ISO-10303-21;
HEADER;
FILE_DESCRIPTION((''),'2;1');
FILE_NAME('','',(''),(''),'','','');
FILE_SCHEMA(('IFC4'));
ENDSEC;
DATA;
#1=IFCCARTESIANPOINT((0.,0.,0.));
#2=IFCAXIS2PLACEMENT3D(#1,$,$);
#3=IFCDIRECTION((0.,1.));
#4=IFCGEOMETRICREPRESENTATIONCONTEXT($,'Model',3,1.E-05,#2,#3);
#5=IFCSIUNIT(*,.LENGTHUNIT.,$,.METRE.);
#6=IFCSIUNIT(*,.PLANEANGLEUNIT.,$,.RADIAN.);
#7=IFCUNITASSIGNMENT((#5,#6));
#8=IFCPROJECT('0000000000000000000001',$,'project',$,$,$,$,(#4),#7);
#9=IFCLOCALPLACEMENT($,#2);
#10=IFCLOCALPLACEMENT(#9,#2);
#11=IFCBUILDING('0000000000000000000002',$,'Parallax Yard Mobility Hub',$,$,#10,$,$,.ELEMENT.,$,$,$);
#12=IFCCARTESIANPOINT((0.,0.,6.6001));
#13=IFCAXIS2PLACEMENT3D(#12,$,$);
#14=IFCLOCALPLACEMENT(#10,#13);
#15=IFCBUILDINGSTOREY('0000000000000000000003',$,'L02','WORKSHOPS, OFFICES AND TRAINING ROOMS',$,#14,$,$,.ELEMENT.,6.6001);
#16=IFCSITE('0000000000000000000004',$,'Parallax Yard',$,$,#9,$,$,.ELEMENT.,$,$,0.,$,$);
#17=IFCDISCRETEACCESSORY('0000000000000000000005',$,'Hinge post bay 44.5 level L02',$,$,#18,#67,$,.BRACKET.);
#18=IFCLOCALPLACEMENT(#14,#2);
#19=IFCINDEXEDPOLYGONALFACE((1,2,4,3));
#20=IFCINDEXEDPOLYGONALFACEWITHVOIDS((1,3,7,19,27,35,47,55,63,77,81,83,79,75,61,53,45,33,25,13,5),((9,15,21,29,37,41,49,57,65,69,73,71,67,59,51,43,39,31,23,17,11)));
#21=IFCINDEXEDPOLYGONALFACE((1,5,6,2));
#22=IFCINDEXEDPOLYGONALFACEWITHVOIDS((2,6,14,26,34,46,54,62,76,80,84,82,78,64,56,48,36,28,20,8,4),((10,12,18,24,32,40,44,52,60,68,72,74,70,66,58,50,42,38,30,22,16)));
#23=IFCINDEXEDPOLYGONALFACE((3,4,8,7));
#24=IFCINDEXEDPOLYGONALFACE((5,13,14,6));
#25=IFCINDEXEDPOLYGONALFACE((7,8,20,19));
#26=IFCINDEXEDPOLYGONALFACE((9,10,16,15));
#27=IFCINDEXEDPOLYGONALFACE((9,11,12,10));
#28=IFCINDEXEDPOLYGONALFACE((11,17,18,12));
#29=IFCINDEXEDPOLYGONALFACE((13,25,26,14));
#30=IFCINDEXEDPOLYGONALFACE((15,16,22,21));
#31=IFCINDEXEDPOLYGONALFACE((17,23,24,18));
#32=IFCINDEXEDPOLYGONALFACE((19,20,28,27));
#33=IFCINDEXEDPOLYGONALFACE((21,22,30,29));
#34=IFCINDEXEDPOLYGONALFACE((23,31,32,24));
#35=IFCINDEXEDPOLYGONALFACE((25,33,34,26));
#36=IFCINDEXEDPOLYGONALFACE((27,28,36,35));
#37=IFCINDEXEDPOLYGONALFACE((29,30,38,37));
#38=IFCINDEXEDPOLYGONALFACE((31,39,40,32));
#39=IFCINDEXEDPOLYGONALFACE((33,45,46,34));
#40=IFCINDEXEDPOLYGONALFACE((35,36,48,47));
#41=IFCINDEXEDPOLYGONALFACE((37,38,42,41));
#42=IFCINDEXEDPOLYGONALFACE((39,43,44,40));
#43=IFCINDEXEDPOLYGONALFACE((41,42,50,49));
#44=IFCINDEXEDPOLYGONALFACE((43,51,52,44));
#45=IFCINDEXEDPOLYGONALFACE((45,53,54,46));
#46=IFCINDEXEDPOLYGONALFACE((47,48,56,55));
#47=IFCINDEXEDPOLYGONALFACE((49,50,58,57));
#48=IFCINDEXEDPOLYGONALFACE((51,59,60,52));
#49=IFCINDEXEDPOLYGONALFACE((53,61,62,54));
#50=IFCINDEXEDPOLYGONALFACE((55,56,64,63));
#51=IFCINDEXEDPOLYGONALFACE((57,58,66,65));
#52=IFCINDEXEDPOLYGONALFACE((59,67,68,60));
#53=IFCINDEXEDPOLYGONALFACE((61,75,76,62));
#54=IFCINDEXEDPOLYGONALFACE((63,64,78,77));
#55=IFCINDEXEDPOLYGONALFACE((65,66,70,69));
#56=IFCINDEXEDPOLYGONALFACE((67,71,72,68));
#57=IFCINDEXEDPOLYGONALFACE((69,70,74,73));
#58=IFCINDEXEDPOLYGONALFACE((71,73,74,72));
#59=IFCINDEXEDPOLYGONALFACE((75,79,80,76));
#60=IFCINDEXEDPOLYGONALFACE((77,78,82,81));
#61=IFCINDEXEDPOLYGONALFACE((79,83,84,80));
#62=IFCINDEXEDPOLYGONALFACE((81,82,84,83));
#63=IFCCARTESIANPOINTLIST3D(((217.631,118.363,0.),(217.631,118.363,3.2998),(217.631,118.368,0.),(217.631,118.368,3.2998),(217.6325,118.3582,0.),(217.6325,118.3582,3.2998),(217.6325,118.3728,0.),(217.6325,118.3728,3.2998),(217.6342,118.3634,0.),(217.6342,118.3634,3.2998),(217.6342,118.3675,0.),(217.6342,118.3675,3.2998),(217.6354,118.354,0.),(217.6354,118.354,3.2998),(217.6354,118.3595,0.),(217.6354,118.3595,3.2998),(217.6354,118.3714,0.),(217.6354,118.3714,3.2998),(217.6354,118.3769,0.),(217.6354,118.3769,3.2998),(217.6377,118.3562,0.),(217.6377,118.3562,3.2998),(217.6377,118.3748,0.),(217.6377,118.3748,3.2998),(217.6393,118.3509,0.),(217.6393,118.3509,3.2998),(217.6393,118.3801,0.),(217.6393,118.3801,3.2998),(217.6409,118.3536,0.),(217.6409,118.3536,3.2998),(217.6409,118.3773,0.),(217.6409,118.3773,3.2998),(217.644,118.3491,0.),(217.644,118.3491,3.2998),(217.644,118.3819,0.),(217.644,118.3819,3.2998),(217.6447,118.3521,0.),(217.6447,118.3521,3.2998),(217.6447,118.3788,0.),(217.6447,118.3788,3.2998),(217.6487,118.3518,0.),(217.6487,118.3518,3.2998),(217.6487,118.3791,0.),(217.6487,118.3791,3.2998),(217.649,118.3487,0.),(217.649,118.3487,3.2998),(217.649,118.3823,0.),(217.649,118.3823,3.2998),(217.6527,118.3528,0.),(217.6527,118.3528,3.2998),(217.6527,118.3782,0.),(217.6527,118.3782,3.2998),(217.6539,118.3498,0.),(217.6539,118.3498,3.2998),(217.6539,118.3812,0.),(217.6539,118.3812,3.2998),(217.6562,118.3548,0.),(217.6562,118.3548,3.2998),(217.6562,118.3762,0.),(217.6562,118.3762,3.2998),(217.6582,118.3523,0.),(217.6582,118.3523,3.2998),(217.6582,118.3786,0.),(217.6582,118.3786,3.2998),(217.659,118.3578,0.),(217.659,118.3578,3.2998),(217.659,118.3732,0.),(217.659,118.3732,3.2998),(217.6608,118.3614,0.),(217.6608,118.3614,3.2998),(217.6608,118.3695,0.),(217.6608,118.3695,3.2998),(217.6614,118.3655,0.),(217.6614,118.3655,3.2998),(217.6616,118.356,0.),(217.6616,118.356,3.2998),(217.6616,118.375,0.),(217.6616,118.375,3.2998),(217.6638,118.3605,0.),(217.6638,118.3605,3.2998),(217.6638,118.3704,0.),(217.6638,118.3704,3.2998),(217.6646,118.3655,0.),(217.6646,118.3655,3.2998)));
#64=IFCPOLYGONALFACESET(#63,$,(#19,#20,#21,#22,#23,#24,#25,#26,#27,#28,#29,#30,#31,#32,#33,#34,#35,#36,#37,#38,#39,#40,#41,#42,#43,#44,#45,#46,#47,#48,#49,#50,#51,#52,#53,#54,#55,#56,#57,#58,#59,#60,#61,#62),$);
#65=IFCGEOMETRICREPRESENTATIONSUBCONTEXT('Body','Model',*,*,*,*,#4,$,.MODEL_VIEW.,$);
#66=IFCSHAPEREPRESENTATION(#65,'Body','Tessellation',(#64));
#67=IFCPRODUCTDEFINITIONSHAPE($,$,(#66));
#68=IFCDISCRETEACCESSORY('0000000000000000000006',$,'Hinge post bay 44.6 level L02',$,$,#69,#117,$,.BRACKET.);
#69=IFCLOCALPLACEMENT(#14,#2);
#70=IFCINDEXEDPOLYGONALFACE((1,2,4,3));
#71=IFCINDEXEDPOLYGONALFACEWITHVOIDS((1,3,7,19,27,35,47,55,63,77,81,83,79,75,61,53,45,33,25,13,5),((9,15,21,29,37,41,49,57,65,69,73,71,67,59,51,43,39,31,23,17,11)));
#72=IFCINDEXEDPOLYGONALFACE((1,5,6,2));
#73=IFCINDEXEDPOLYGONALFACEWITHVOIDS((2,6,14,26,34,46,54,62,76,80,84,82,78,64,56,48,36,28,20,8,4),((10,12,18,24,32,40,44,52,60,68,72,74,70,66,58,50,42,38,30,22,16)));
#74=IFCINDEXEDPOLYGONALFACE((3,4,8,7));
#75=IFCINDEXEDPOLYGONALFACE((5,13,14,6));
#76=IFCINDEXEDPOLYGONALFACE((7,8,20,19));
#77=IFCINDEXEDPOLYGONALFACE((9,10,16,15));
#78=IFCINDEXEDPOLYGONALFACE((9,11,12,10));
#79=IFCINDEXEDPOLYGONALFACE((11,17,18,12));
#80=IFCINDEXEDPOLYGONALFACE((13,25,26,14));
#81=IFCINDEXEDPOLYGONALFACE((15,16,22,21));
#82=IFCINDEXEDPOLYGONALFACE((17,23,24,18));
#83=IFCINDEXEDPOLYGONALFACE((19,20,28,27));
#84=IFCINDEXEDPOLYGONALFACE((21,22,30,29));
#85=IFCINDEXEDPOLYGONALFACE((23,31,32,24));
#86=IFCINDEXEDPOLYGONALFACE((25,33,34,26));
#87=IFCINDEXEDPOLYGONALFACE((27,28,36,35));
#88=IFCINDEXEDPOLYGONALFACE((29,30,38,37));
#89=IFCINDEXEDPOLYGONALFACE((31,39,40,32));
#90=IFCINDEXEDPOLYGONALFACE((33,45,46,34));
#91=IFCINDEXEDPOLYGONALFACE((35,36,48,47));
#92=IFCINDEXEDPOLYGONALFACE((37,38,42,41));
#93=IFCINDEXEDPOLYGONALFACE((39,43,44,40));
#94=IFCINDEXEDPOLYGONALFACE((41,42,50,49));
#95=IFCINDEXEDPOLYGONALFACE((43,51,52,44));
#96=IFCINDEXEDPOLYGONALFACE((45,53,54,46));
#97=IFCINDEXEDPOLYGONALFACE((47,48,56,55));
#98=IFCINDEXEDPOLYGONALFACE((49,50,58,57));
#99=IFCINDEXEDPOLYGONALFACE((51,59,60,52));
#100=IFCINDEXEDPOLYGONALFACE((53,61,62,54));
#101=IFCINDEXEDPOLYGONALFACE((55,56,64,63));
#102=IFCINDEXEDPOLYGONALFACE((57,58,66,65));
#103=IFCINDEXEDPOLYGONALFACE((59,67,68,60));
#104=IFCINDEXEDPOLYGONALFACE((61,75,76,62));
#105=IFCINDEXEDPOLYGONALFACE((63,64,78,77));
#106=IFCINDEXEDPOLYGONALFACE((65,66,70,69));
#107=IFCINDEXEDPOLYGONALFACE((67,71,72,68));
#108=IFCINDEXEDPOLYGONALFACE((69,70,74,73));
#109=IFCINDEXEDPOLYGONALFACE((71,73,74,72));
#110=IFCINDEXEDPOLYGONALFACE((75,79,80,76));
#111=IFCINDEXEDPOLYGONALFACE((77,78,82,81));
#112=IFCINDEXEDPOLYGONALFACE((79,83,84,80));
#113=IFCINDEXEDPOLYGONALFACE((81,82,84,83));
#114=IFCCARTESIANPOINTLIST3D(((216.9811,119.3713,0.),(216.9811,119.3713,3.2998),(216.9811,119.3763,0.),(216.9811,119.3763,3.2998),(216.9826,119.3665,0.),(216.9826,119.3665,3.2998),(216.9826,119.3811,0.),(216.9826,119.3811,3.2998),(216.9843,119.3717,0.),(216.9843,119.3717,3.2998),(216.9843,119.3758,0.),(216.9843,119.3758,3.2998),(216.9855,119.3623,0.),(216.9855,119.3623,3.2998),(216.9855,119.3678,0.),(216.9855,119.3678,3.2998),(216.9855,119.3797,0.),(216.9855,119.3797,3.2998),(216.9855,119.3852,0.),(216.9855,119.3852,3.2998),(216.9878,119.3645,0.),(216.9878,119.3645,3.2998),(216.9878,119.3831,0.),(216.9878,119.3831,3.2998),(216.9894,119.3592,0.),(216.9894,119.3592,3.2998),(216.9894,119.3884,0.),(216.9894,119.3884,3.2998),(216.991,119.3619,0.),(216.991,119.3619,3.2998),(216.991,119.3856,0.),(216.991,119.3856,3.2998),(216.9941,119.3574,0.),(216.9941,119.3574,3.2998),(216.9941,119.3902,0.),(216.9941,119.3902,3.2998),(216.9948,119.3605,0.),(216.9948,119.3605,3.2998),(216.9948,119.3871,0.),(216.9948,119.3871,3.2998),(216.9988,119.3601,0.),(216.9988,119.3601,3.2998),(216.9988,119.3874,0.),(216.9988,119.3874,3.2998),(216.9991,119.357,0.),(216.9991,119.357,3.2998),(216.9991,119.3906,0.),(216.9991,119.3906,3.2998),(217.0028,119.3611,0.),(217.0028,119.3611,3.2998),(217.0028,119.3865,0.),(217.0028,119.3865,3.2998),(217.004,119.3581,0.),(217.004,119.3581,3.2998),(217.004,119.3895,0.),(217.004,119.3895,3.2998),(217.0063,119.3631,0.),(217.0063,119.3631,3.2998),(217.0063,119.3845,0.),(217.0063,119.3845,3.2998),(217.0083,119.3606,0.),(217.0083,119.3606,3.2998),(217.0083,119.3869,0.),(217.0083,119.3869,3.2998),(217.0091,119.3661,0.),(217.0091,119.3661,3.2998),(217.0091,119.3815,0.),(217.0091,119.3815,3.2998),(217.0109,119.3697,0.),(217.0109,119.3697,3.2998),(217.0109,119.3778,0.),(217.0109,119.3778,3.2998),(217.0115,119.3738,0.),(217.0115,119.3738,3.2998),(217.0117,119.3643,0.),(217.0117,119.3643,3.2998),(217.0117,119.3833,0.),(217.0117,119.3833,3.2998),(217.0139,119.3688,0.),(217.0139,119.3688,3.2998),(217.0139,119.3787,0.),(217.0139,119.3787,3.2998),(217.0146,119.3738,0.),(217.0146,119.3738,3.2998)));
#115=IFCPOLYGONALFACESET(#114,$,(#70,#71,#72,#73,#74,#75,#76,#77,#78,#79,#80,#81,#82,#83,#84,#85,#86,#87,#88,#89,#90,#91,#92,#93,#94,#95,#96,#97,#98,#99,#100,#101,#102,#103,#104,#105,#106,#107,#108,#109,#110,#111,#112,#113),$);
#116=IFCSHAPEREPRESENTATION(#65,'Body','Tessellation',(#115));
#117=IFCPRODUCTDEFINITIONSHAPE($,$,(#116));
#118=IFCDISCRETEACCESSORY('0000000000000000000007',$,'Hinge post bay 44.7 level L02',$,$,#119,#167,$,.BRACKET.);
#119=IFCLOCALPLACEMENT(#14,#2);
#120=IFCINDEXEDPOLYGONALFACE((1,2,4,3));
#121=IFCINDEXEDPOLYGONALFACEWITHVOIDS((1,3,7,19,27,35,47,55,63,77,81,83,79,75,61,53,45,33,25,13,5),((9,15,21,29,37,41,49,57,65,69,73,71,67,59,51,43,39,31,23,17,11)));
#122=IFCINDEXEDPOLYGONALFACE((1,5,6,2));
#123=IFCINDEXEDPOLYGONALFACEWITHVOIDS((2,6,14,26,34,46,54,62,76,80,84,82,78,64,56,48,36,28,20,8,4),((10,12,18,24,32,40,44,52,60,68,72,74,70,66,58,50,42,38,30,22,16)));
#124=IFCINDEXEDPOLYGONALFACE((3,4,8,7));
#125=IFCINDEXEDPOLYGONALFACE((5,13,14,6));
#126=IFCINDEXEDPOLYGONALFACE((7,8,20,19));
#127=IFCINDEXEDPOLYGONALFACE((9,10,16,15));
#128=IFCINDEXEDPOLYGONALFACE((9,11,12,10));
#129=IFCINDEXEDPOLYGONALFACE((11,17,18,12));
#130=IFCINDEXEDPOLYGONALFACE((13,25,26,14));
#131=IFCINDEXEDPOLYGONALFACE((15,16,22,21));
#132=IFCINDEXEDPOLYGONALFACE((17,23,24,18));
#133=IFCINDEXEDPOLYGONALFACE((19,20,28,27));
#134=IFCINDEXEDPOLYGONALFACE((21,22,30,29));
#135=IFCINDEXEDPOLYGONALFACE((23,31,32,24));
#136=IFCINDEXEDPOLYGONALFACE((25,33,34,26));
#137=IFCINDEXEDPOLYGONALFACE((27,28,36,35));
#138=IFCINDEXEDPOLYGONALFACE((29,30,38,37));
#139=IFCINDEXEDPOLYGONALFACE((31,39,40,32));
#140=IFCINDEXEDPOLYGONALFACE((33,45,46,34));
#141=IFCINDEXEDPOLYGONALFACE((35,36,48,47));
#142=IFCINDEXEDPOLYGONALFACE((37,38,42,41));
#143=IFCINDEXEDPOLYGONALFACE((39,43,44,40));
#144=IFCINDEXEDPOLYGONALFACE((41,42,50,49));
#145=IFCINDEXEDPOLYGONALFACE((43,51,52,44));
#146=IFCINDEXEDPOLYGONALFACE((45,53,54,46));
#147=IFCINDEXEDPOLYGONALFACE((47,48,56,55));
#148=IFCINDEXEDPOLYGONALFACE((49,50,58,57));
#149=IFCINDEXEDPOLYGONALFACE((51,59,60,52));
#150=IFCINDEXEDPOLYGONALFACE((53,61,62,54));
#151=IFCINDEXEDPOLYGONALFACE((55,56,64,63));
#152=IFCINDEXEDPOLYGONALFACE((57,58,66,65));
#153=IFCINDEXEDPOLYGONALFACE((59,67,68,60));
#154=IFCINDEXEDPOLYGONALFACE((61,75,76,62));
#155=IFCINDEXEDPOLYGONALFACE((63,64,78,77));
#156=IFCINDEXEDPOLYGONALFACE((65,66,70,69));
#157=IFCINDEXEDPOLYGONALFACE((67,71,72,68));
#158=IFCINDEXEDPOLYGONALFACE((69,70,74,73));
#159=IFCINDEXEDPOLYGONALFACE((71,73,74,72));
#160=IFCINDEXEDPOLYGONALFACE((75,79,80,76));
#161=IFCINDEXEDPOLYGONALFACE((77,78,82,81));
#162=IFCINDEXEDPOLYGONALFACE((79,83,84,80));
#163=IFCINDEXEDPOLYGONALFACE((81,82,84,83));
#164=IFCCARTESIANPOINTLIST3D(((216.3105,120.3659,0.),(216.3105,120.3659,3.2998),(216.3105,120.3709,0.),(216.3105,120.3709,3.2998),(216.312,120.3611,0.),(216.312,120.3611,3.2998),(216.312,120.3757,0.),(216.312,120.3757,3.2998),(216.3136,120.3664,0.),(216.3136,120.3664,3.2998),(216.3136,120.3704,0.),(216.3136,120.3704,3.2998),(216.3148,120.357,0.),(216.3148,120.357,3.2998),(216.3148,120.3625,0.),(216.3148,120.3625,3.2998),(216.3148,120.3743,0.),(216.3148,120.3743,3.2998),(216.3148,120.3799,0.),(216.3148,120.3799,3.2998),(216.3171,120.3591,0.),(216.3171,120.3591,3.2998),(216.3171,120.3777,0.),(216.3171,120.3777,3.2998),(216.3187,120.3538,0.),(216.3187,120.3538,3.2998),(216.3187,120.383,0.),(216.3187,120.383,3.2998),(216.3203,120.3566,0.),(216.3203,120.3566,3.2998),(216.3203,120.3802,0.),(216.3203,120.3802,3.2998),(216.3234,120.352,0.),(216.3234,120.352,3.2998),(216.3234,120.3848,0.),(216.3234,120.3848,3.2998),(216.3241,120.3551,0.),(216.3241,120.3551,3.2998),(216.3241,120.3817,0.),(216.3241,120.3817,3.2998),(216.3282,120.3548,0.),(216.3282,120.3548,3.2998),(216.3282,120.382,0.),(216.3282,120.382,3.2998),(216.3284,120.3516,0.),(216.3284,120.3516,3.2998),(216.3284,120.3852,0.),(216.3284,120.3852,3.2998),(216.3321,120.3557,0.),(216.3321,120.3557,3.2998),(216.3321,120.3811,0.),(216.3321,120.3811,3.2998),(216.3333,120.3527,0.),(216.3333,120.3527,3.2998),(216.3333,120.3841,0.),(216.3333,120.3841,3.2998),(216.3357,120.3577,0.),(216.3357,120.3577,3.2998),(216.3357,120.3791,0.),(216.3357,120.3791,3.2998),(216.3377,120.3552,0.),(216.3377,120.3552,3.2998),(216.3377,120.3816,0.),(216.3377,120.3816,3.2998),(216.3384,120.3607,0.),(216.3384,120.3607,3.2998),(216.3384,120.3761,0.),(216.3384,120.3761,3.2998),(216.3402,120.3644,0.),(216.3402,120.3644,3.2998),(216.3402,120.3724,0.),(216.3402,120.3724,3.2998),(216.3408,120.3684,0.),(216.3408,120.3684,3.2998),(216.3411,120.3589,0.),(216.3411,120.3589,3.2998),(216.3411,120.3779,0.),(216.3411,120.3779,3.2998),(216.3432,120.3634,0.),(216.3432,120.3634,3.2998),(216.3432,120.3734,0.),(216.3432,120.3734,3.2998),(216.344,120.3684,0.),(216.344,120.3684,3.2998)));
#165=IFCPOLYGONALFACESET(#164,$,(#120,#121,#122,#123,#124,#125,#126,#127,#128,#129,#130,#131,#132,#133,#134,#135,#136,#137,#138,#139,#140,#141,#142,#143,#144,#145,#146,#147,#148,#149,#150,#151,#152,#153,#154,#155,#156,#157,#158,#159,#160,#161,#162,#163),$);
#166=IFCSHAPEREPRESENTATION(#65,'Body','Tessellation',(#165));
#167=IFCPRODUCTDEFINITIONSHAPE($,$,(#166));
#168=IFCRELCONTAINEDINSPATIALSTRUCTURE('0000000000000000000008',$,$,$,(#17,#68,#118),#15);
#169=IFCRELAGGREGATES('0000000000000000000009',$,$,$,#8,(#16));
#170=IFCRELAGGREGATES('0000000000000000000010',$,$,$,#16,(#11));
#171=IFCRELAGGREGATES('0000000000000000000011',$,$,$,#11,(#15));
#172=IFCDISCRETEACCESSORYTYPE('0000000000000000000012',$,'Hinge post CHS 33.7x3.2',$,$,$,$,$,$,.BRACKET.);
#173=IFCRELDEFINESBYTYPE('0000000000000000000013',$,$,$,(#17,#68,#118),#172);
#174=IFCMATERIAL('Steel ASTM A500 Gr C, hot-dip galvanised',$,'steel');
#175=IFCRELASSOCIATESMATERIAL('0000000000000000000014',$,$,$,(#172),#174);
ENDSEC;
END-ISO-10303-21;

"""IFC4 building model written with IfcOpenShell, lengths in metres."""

from ifc_helpers import new_model, si_unit, direction, frame, origin, origin_2d, place, context, subcontext, project, spatial, hollow_circle, extrude, material, material_profile, profile_set, type_object, element, save


model = new_model("IFC4")

# Units and contexts
model_context = context("Model", 3, precision=1e-05, world=origin(), true_north=direction((0.0, 1.0)))
body_context = subcontext(model_context, "Body", "Model", "MODEL_VIEW")
ifc_project = project(units=[si_unit("LENGTHUNIT", "METRE"), si_unit("PLANEANGLEUNIT", "RADIAN")], contexts=[model_context])

# Site, building, storey
site_placement = place(None, origin())
site = spatial("IfcSite", under=ifc_project, at=site_placement, Name="Parallax Yard", CompositionType="ELEMENT", RefElevation=0.0)
building_placement = place(site_placement, origin())
building = spatial("IfcBuilding", under=site, at=building_placement, Name="Parallax Yard Mobility Hub", CompositionType="ELEMENT")
storey_placement = place(building_placement, frame((0.0, 0.0, 6.6001)))
storey = spatial("IfcBuildingStorey", under=building, at=storey_placement, Name="L02", Description="WORKSHOPS, OFFICES AND TRAINING ROOMS", CompositionType="ELEMENT", Elevation=6.6001)

# Discrete accessories
ifc_material_1 = material(Name="Steel ASTM A500 Gr C, hot-dip galvanised", Category="steel")
ifc_material_profile_1 = material_profile(ifc_material_1, hollow_circle(Radius=0.0168, WallThickness=0.0032, at=origin_2d()), Name="CHS 33.7x3.2")
ifc_profile_set_1 = profile_set([ifc_material_profile_1], Name="Steel ASTM A500 Gr C, hot-dip galvanised")
discrete_accessory_type_1 = type_object("IfcDiscreteAccessoryType", Name="Hinge post CHS 33.7x3.2", PredefinedType="BRACKET", material=ifc_profile_set_1)
for number, where, z_axis, x_axis, name in (
    (1, (217.6477, 118.3655, 0.0), (0.0, 0.0, 1.0), (1.0, 0.0, 0.0), "Hinge post bay 44.5 level L02"),
    (2, (216.9978, 119.3738, 0.0), (0.0, 0.0, 1.0), (1.0, 0.0, 0.0), "Hinge post bay 44.6 level L02"),
    (3, (216.3271, 120.3684, 0.0), (0.0, 0.0, 1.0), (1.0, 0.0, 0.0), "Hinge post bay 44.7 level L02"),
):
    element("IfcDiscreteAccessory", number, at=place(storey_placement, frame(where, z_axis=z_axis, x_axis=x_axis)), inside=storey, type_object=discrete_accessory_type_1, Name=name, PredefinedType="BRACKET", context=body_context, shape_type="SweptSolid", body=[
        extrude(hollow_circle(Radius=0.0168, WallThickness=0.0032, at=origin_2d()), origin(), (0.0, 0.0, 1.0), 3.2998),
    ])

save(model, "model.ifc")
